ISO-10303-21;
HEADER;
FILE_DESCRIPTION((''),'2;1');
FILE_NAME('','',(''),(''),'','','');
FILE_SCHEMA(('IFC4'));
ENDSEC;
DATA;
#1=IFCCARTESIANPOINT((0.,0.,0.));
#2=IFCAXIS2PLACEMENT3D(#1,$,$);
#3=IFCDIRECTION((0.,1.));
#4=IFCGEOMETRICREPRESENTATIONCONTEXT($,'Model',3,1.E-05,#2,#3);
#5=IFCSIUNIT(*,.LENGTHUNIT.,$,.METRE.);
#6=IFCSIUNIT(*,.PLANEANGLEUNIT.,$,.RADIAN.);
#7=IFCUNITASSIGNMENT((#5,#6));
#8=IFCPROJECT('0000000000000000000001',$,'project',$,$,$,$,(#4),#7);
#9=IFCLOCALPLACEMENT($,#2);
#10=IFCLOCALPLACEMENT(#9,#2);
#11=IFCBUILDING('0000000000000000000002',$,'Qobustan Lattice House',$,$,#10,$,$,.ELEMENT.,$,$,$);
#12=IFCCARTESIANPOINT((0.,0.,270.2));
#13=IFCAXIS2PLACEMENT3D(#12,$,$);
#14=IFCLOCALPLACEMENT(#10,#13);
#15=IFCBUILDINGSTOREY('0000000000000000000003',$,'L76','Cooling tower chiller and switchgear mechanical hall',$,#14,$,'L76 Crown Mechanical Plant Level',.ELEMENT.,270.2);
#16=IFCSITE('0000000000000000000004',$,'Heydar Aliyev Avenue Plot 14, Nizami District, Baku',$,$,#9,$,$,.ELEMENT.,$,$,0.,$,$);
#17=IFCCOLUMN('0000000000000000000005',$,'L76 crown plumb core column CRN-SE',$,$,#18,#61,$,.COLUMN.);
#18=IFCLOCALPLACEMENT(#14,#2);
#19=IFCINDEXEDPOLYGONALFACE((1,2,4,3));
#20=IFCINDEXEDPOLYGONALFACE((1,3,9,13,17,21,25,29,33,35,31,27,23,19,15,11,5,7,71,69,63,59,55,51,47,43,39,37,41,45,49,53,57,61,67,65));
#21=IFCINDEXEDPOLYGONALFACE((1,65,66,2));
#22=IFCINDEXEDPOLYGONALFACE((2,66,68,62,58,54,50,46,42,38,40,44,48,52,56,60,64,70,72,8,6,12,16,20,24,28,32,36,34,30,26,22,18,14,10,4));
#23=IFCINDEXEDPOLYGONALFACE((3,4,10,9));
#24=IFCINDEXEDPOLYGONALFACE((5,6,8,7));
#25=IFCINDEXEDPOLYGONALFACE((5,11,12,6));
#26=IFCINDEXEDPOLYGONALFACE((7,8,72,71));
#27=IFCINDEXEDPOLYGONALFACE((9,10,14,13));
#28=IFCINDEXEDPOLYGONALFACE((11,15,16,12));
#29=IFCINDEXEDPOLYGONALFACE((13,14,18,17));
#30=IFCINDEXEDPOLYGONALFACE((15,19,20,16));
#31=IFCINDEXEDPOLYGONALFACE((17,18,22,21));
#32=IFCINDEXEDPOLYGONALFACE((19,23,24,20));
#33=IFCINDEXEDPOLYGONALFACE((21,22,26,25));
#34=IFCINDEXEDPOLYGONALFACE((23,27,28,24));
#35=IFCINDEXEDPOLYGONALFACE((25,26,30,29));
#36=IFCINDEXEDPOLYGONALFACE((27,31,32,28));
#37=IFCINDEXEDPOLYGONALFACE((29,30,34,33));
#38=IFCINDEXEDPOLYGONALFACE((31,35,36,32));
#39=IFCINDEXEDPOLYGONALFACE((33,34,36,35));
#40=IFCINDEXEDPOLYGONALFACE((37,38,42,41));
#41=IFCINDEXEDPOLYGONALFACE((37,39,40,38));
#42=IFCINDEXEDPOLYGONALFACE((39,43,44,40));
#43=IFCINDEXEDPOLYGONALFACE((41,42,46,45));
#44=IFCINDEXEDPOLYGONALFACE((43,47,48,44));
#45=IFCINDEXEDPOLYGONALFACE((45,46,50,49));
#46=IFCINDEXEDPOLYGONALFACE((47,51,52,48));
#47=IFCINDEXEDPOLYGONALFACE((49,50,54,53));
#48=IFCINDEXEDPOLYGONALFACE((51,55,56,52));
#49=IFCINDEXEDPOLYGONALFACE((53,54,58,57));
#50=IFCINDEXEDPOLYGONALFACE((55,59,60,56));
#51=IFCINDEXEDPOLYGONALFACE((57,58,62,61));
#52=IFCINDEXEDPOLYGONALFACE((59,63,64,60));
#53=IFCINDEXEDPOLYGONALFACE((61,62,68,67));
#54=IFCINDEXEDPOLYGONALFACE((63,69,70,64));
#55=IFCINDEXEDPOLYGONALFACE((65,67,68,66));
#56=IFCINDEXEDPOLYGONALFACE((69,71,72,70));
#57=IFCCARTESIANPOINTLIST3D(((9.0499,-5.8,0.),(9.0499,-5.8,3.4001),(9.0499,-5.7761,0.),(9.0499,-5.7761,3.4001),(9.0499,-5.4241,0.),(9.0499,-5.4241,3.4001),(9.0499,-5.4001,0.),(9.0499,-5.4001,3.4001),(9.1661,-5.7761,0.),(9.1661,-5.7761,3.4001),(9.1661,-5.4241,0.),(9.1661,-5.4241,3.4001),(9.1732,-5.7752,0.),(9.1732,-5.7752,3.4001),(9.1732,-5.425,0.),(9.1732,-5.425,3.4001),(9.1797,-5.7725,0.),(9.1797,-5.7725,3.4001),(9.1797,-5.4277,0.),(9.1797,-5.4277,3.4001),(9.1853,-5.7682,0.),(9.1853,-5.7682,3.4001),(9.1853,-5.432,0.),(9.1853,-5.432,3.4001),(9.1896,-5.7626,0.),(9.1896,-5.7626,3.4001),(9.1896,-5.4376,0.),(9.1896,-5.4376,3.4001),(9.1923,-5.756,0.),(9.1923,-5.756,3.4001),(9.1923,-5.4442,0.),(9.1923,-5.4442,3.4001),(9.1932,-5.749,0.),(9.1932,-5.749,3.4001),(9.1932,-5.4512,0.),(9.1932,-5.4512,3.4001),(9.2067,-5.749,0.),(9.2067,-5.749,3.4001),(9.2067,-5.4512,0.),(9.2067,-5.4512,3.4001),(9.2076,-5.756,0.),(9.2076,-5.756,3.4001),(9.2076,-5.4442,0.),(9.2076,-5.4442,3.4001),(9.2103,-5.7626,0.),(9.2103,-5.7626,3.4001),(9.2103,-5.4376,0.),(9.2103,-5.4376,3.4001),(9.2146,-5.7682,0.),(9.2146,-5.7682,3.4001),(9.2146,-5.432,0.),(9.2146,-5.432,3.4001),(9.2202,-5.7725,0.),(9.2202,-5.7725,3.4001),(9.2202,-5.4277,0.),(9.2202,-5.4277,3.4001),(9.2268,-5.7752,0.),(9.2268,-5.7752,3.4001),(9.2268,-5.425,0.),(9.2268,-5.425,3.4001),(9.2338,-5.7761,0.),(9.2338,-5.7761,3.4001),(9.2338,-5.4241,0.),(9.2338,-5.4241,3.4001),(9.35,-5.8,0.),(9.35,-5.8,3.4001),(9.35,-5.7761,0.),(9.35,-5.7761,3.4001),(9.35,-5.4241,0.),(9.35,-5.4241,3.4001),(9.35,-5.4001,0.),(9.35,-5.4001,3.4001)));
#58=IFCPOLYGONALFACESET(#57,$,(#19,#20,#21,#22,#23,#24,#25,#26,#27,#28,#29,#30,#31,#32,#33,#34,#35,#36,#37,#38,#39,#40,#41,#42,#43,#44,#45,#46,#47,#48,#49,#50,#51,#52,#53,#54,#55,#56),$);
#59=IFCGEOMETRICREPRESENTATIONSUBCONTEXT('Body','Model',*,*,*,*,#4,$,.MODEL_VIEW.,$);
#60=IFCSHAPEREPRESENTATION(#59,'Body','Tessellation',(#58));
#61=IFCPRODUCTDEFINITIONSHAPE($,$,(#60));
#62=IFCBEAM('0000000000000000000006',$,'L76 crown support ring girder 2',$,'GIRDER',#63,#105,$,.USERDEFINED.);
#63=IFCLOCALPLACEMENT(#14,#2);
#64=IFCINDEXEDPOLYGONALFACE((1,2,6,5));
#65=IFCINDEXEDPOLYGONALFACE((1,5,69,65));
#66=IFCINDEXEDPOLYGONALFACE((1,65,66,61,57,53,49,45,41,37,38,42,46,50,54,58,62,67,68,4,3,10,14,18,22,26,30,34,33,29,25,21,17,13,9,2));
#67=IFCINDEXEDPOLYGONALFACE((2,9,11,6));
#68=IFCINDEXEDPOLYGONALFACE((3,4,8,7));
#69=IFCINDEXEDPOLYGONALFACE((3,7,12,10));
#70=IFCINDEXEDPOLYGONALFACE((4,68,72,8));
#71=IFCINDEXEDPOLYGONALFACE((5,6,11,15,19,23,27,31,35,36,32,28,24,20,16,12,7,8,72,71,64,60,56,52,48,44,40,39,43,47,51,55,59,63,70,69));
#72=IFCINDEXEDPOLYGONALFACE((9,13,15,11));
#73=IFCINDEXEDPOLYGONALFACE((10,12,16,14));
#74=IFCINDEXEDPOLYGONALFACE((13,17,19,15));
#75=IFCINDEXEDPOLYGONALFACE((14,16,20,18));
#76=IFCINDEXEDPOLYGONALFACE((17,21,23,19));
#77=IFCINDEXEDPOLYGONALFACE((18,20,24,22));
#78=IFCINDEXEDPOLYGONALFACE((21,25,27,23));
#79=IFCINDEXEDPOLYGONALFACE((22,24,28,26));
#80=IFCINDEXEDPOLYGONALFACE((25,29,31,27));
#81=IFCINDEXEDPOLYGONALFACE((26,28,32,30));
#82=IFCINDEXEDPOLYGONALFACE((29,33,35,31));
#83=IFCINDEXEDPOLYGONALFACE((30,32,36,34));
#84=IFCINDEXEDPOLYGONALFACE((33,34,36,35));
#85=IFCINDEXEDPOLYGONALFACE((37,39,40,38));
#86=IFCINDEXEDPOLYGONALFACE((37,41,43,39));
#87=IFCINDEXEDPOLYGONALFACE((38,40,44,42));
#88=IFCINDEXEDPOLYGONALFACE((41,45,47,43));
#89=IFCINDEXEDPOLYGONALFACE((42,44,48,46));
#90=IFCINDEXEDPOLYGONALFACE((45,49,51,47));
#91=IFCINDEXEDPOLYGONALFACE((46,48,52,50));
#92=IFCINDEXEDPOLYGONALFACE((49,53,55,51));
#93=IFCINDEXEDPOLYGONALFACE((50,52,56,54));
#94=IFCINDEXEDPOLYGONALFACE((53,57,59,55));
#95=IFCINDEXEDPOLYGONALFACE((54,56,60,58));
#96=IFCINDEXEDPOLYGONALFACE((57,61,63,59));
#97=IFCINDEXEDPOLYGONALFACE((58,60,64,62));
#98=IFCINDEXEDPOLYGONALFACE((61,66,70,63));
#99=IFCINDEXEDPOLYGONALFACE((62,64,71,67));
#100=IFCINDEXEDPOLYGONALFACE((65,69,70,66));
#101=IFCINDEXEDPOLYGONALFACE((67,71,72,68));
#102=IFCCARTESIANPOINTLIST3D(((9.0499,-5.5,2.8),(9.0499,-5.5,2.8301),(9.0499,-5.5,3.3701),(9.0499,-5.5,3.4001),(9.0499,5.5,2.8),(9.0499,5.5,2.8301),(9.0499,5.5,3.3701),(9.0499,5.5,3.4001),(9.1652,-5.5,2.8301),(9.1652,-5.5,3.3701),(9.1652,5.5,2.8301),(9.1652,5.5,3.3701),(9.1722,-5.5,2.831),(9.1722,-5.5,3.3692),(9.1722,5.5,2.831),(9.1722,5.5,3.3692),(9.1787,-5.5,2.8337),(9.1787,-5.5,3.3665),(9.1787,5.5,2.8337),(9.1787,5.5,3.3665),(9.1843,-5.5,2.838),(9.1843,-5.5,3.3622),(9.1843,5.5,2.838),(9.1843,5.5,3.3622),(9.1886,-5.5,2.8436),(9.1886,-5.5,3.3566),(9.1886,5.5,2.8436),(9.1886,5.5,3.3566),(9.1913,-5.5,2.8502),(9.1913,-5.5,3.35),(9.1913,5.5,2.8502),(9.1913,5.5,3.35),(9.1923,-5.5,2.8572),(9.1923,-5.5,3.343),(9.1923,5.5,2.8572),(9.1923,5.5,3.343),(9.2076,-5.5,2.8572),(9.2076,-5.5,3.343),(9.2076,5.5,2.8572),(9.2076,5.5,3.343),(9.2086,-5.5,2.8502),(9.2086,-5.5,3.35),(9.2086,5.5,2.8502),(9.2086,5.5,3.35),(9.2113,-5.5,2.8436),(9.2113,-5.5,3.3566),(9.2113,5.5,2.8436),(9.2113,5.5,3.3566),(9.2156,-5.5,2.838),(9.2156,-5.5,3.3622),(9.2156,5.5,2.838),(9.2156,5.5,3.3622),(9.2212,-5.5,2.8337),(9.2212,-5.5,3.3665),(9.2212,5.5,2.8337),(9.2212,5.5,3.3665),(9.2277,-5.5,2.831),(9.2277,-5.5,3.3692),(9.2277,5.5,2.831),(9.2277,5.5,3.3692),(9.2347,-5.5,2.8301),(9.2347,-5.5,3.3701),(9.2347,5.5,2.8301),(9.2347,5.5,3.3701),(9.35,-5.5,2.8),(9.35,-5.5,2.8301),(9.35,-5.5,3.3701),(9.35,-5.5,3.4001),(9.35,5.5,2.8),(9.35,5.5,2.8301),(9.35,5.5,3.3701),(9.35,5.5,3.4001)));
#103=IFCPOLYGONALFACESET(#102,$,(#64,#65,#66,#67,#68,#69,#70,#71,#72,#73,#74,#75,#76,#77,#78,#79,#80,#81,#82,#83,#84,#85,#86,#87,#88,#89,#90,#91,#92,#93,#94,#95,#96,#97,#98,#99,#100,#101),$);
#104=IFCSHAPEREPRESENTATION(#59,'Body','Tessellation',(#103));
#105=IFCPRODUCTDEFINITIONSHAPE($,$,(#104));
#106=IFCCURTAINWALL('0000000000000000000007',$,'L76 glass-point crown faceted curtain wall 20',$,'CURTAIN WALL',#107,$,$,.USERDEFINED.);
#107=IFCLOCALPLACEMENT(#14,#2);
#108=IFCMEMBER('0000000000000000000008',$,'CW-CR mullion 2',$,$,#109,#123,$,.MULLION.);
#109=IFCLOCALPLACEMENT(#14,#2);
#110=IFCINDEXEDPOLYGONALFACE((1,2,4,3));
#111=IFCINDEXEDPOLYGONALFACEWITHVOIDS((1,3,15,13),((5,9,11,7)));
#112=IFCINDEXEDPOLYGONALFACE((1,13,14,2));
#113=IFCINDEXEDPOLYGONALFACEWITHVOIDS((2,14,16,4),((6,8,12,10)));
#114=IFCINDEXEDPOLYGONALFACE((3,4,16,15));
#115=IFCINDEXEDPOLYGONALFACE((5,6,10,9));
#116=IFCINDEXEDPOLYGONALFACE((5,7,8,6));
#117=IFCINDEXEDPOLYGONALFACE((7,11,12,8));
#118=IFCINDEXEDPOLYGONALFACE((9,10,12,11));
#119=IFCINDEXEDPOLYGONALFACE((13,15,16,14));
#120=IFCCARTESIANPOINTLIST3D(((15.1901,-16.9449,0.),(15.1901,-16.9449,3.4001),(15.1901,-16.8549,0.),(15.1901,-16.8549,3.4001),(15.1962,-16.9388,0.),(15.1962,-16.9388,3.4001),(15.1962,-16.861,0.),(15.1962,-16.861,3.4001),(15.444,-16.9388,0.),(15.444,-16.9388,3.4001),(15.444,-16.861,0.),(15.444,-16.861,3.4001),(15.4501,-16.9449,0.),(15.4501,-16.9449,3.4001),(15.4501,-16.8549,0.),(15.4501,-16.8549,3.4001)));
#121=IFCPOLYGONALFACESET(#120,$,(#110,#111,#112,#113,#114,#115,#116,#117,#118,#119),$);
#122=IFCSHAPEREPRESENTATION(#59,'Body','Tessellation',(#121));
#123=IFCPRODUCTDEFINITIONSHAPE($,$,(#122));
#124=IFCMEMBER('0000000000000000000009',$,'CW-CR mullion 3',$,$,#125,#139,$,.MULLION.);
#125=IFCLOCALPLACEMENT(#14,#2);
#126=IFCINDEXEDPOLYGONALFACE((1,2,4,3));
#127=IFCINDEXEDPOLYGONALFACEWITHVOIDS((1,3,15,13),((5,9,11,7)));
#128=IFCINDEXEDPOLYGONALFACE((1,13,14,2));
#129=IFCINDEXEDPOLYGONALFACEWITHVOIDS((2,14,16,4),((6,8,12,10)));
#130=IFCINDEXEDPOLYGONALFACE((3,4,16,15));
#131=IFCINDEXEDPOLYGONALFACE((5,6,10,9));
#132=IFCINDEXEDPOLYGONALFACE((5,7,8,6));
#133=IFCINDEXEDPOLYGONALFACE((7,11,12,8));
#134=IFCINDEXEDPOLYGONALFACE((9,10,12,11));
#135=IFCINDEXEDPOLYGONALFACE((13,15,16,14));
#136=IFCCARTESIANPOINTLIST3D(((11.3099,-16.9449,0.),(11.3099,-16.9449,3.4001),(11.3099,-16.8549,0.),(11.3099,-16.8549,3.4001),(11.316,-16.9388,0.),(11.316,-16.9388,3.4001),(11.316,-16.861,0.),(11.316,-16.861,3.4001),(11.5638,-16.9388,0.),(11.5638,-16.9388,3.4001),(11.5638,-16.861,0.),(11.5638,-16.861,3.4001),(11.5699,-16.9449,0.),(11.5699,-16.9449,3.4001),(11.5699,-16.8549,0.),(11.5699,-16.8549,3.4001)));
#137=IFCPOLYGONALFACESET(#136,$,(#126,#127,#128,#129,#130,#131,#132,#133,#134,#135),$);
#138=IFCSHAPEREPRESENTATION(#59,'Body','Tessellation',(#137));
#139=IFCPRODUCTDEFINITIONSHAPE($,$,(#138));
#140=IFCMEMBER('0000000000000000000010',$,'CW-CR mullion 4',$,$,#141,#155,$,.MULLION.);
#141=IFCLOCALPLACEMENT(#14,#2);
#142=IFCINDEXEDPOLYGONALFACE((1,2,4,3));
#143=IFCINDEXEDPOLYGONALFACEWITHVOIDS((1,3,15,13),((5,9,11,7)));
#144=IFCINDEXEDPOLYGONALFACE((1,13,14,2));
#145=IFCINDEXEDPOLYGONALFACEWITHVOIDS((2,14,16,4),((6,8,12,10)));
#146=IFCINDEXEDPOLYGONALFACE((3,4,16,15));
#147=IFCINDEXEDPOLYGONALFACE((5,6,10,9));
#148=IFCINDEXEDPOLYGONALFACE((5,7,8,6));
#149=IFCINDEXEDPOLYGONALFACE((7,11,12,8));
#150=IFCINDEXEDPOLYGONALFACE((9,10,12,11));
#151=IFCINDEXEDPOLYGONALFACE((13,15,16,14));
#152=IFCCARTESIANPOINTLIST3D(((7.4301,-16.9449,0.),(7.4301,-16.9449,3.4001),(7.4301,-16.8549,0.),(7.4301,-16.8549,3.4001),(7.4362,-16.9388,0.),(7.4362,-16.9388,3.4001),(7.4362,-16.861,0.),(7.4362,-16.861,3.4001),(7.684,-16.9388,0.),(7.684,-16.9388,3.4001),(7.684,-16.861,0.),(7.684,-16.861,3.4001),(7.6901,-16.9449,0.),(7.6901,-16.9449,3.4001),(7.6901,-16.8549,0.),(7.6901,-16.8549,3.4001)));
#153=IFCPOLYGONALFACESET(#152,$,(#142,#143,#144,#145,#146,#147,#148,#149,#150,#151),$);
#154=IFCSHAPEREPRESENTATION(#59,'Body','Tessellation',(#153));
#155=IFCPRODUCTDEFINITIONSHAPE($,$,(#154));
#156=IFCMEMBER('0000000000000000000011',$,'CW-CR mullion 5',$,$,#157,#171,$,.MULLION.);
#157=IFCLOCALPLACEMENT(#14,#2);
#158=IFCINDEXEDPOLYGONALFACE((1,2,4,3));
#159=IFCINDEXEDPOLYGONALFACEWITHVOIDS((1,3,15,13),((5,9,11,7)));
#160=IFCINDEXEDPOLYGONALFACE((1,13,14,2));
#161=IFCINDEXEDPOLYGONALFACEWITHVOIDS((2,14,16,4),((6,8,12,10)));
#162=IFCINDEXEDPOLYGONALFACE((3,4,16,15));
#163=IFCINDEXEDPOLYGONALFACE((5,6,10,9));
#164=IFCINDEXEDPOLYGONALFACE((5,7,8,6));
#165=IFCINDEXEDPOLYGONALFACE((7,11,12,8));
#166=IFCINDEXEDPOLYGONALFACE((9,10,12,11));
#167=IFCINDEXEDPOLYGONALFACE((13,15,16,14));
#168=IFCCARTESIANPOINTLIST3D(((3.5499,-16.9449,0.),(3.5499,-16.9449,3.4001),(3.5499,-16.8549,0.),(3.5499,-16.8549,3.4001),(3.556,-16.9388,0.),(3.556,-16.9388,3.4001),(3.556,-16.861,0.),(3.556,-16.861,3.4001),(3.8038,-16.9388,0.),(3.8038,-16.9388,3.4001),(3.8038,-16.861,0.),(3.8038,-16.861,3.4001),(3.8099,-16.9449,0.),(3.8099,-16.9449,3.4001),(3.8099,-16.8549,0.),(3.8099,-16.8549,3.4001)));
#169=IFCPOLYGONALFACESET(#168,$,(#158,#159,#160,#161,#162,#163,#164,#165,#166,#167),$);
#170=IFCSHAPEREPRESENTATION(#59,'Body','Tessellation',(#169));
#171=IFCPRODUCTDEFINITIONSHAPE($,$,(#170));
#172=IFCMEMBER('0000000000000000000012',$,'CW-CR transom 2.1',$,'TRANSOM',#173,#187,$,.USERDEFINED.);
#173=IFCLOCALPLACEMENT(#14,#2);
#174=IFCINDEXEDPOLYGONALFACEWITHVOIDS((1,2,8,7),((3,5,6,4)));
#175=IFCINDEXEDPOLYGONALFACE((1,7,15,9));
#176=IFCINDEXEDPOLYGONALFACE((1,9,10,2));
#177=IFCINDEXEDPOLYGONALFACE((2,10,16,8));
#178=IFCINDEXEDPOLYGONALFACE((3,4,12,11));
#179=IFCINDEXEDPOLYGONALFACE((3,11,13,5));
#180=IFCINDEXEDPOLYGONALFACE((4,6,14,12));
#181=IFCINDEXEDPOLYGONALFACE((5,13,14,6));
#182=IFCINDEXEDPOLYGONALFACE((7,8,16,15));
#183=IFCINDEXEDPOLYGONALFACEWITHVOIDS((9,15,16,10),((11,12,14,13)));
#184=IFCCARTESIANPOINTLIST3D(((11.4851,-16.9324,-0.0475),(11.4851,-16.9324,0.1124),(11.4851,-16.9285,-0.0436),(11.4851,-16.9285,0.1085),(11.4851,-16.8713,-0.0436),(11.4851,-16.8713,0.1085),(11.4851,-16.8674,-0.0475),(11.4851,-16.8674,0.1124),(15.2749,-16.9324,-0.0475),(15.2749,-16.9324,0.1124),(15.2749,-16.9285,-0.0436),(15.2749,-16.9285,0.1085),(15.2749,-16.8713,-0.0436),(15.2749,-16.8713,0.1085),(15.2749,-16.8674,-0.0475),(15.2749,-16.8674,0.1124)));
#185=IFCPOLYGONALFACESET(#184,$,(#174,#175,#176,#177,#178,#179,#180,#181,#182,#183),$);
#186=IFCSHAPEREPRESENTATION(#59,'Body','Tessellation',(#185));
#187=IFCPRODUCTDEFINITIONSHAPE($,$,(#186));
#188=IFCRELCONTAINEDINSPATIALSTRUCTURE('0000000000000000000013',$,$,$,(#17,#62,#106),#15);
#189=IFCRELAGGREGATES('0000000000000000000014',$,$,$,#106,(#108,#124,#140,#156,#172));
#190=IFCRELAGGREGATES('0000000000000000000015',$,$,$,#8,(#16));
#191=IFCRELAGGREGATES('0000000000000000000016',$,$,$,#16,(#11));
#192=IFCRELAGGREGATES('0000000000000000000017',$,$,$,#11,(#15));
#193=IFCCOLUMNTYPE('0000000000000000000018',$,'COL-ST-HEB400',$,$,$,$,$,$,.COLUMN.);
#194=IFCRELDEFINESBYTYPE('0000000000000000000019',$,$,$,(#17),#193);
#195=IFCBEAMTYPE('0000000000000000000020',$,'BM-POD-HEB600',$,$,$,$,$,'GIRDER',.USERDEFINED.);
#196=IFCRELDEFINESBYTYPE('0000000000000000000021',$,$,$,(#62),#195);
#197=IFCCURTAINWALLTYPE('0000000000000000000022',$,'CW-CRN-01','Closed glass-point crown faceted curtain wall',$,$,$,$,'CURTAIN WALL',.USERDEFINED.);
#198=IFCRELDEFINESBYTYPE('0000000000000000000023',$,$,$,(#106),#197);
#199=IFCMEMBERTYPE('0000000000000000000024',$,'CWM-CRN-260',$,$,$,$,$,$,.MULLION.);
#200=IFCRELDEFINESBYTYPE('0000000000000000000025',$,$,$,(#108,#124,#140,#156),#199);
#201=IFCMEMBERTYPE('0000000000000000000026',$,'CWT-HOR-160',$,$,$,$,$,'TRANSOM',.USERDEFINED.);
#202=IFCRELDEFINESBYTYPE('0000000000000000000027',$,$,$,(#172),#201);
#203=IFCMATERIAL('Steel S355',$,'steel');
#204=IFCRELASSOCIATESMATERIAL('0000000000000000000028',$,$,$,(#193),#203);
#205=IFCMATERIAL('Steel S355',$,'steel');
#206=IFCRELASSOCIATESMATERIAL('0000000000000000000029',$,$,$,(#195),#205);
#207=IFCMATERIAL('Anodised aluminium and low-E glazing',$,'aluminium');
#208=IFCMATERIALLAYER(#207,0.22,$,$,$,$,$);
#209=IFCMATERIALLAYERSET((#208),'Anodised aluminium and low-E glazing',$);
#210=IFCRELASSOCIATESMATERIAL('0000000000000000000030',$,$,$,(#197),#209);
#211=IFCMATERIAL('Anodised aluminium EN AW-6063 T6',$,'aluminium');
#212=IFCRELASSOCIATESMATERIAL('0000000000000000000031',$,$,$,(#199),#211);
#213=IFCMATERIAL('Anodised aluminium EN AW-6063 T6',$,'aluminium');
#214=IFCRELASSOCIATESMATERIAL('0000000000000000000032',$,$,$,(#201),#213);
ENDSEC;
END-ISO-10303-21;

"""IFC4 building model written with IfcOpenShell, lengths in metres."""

from ifc_helpers import new_model, si_unit, direction, frame, origin, origin_2d, place, context, subcontext, project, spatial, hollow_rectangle, i_section, extrude, material, layer, layer_set, material_profile, profile_set, type_object, element, aggregate, save


model = new_model("IFC4")

# Units and contexts
model_context = context("Model", 3, precision=1e-05, world=origin(), true_north=direction((0.0, 1.0)))
body_context = subcontext(model_context, "Body", "Model", "MODEL_VIEW")
ifc_project = project(units=[si_unit("LENGTHUNIT", "METRE"), si_unit("PLANEANGLEUNIT", "RADIAN")], contexts=[model_context])

# Site, building, storey
site_placement = place(None, origin())
site = spatial("IfcSite", under=ifc_project, at=site_placement, Name="Heydar Aliyev Avenue Plot 14, Nizami District, Baku", CompositionType="ELEMENT", RefElevation=0.0)
building_placement = place(site_placement, origin())
building = spatial("IfcBuilding", under=site, at=building_placement, Name="Qobustan Lattice House", CompositionType="ELEMENT")
storey_placement = place(building_placement, frame((0.0, 0.0, 270.2)))
storey = spatial("IfcBuildingStorey", under=building, at=storey_placement, Name="L76", Description="Cooling tower chiller and switchgear mechanical hall", LongName="L76 Crown Mechanical Plant Level", CompositionType="ELEMENT", Elevation=270.2)

# Column
ifc_material_1 = material(Name="Steel S355", Category="steel")
ifc_material_profile_1 = material_profile(ifc_material_1, i_section(OverallWidth=0.3, OverallDepth=0.3999, WebThickness=0.0134, FlangeThickness=0.0239, FilletRadius=0.0271, at=origin_2d()), Name="HEB400")
ifc_profile_set_1 = profile_set([ifc_material_profile_1], Name="Steel S355")
column_type = type_object("IfcColumnType", Name="COL-ST-HEB400", PredefinedType="COLUMN", material=ifc_profile_set_1)
column_placement = place(storey_placement, frame((9.2, -5.6001, 0.0), z_axis=(0.0, 0.0, 1.0), x_axis=(1.0, 0.0, 0.0)))
element("IfcColumn", 1, at=column_placement, inside=storey, type_object=column_type, Name="L76 crown plumb core column CRN-SE", PredefinedType="COLUMN", context=body_context, shape_type="SweptSolid", body=[
    extrude(i_section(OverallWidth=0.3, OverallDepth=0.3999, WebThickness=0.0134, FlangeThickness=0.0239, FilletRadius=0.0271, at=origin_2d()), origin(), (0.0, 0.0, 1.0), 3.4001),
])

# Beam
ifc_material_2 = material(Name="Steel S355", Category="steel")
ifc_material_profile_2 = material_profile(ifc_material_2, i_section(OverallWidth=0.3, OverallDepth=0.6001, WebThickness=0.0154, FlangeThickness=0.03, FilletRadius=0.0271, at=origin_2d()), Name="HEB600")
ifc_profile_set_2 = profile_set([ifc_material_profile_2], Name="Steel S355")
beam_type = type_object("IfcBeamType", Name="BM-POD-HEB600", ElementType="GIRDER", PredefinedType="USERDEFINED", material=ifc_profile_set_2)
beam_placement = place(storey_placement, frame((9.2, -5.5, 3.1001), z_axis=(0.0, 1.0, 0.0), x_axis=(-1.0, 0.0, 0.0)))
element("IfcBeam", 2, at=beam_placement, inside=storey, type_object=beam_type, Name="L76 crown support ring girder 2", ObjectType="GIRDER", PredefinedType="USERDEFINED", context=body_context, shape_type="SweptSolid", body=[
    extrude(i_section(OverallWidth=0.3, OverallDepth=0.6001, WebThickness=0.0154, FlangeThickness=0.03, FilletRadius=0.0271, at=origin_2d()), origin(), (0.0, 0.0, 1.0), 11.0),
])

# Curtain wall, members
ifc_material_3 = material(Name="Anodised aluminium and low-E glazing", Category="aluminium")
ifc_layer_1 = layer(ifc_material_3, 0.22)
ifc_layer_set_1 = layer_set([ifc_layer_1], Name="Anodised aluminium and low-E glazing")
curtain_wall_type = type_object("IfcCurtainWallType", Name="CW-CRN-01", Description="Closed glass-point crown faceted curtain wall", ElementType="CURTAIN WALL", PredefinedType="USERDEFINED", material=ifc_layer_set_1)
curtain_wall_placement = place(storey_placement, origin())
curtain_wall = element("IfcCurtainWall", 3, at=curtain_wall_placement, inside=storey, type_object=curtain_wall_type, Name="L76 glass-point crown faceted curtain wall 20", ObjectType="CURTAIN WALL", PredefinedType="USERDEFINED")
ifc_material_4 = material(Name="Anodised aluminium EN AW-6063 T6", Category="aluminium")
ifc_material_profile_3 = material_profile(ifc_material_4, hollow_rectangle(XDim=0.0901, YDim=0.26, WallThickness=0.0061, at=origin_2d()), Name="CWM-CROWN-260x90")
ifc_profile_set_3 = profile_set([ifc_material_profile_3], Name="Anodised aluminium EN AW-6063 T6")
member_type_1 = type_object("IfcMemberType", Name="CWM-CRN-260", PredefinedType="MULLION", material=ifc_profile_set_3)
member_1_placement = place(storey_placement, frame((15.3201, -16.8999, 0.0), z_axis=(0.0, 0.0, 1.0), x_axis=(0.0, -1.0, 0.0)))
member_1 = element("IfcMember", 4, at=member_1_placement, type_object=member_type_1, Name="CW-CR mullion 2", PredefinedType="MULLION", context=body_context, shape_type="SweptSolid", body=[
    extrude(hollow_rectangle(XDim=0.0901, YDim=0.26, WallThickness=0.0061, at=origin_2d()), origin(), (0.0, 0.0, 1.0), 3.4001),
])
member_2_placement = place(storey_placement, frame((11.4399, -16.8999, 0.0), z_axis=(0.0, 0.0, 1.0), x_axis=(0.0, -1.0, 0.0)))
member_2 = element("IfcMember", 5, at=member_2_placement, type_object=member_type_1, Name="CW-CR mullion 3", PredefinedType="MULLION", context=body_context, shape_type="SweptSolid", body=[
    extrude(hollow_rectangle(XDim=0.0901, YDim=0.26, WallThickness=0.0061, at=origin_2d()), origin(), (0.0, 0.0, 1.0), 3.4001),
])
member_3_placement = place(storey_placement, frame((7.5601, -16.8999, 0.0), z_axis=(0.0, 0.0, 1.0), x_axis=(0.0, -1.0, 0.0)))
member_3 = element("IfcMember", 6, at=member_3_placement, type_object=member_type_1, Name="CW-CR mullion 4", PredefinedType="MULLION", context=body_context, shape_type="SweptSolid", body=[
    extrude(hollow_rectangle(XDim=0.0901, YDim=0.26, WallThickness=0.0061, at=origin_2d()), origin(), (0.0, 0.0, 1.0), 3.4001),
])
member_4_placement = place(storey_placement, frame((3.6799, -16.8999, 0.0), z_axis=(0.0, 0.0, 1.0), x_axis=(0.0, -1.0, 0.0)))
member_4 = element("IfcMember", 7, at=member_4_placement, type_object=member_type_1, Name="CW-CR mullion 5", PredefinedType="MULLION", context=body_context, shape_type="SweptSolid", body=[
    extrude(hollow_rectangle(XDim=0.0901, YDim=0.26, WallThickness=0.0061, at=origin_2d()), origin(), (0.0, 0.0, 1.0), 3.4001),
])
ifc_material_5 = material(Name="Anodised aluminium EN AW-6063 T6", Category="aluminium")
ifc_material_profile_4 = material_profile(ifc_material_5, hollow_rectangle(XDim=0.0649, YDim=0.1599, WallThickness=0.0039, at=origin_2d()), Name="CWT-160x65")
ifc_profile_set_4 = profile_set([ifc_material_profile_4], Name="Anodised aluminium EN AW-6063 T6")
member_type_2 = type_object("IfcMemberType", Name="CWT-HOR-160", ElementType="TRANSOM", PredefinedType="USERDEFINED", material=ifc_profile_set_4)
member_5_placement = place(storey_placement, frame((15.2749, -16.8999, 0.0325), z_axis=(-1.0, 0.0, 0.0), x_axis=(0.0, -1.0, 0.0)))
member_5 = element("IfcMember", 8, at=member_5_placement, type_object=member_type_2, Name="CW-CR transom 2.1", ObjectType="TRANSOM", PredefinedType="USERDEFINED", context=body_context, shape_type="SweptSolid", body=[
    extrude(hollow_rectangle(XDim=0.0649, YDim=0.1599, WallThickness=0.0039, at=origin_2d()), origin(), (0.0, 0.0, 1.0), 3.7898),
])

aggregate(curtain_wall, [member_1, member_2, member_3, member_4, member_5])

save(model, "model.ifc")
